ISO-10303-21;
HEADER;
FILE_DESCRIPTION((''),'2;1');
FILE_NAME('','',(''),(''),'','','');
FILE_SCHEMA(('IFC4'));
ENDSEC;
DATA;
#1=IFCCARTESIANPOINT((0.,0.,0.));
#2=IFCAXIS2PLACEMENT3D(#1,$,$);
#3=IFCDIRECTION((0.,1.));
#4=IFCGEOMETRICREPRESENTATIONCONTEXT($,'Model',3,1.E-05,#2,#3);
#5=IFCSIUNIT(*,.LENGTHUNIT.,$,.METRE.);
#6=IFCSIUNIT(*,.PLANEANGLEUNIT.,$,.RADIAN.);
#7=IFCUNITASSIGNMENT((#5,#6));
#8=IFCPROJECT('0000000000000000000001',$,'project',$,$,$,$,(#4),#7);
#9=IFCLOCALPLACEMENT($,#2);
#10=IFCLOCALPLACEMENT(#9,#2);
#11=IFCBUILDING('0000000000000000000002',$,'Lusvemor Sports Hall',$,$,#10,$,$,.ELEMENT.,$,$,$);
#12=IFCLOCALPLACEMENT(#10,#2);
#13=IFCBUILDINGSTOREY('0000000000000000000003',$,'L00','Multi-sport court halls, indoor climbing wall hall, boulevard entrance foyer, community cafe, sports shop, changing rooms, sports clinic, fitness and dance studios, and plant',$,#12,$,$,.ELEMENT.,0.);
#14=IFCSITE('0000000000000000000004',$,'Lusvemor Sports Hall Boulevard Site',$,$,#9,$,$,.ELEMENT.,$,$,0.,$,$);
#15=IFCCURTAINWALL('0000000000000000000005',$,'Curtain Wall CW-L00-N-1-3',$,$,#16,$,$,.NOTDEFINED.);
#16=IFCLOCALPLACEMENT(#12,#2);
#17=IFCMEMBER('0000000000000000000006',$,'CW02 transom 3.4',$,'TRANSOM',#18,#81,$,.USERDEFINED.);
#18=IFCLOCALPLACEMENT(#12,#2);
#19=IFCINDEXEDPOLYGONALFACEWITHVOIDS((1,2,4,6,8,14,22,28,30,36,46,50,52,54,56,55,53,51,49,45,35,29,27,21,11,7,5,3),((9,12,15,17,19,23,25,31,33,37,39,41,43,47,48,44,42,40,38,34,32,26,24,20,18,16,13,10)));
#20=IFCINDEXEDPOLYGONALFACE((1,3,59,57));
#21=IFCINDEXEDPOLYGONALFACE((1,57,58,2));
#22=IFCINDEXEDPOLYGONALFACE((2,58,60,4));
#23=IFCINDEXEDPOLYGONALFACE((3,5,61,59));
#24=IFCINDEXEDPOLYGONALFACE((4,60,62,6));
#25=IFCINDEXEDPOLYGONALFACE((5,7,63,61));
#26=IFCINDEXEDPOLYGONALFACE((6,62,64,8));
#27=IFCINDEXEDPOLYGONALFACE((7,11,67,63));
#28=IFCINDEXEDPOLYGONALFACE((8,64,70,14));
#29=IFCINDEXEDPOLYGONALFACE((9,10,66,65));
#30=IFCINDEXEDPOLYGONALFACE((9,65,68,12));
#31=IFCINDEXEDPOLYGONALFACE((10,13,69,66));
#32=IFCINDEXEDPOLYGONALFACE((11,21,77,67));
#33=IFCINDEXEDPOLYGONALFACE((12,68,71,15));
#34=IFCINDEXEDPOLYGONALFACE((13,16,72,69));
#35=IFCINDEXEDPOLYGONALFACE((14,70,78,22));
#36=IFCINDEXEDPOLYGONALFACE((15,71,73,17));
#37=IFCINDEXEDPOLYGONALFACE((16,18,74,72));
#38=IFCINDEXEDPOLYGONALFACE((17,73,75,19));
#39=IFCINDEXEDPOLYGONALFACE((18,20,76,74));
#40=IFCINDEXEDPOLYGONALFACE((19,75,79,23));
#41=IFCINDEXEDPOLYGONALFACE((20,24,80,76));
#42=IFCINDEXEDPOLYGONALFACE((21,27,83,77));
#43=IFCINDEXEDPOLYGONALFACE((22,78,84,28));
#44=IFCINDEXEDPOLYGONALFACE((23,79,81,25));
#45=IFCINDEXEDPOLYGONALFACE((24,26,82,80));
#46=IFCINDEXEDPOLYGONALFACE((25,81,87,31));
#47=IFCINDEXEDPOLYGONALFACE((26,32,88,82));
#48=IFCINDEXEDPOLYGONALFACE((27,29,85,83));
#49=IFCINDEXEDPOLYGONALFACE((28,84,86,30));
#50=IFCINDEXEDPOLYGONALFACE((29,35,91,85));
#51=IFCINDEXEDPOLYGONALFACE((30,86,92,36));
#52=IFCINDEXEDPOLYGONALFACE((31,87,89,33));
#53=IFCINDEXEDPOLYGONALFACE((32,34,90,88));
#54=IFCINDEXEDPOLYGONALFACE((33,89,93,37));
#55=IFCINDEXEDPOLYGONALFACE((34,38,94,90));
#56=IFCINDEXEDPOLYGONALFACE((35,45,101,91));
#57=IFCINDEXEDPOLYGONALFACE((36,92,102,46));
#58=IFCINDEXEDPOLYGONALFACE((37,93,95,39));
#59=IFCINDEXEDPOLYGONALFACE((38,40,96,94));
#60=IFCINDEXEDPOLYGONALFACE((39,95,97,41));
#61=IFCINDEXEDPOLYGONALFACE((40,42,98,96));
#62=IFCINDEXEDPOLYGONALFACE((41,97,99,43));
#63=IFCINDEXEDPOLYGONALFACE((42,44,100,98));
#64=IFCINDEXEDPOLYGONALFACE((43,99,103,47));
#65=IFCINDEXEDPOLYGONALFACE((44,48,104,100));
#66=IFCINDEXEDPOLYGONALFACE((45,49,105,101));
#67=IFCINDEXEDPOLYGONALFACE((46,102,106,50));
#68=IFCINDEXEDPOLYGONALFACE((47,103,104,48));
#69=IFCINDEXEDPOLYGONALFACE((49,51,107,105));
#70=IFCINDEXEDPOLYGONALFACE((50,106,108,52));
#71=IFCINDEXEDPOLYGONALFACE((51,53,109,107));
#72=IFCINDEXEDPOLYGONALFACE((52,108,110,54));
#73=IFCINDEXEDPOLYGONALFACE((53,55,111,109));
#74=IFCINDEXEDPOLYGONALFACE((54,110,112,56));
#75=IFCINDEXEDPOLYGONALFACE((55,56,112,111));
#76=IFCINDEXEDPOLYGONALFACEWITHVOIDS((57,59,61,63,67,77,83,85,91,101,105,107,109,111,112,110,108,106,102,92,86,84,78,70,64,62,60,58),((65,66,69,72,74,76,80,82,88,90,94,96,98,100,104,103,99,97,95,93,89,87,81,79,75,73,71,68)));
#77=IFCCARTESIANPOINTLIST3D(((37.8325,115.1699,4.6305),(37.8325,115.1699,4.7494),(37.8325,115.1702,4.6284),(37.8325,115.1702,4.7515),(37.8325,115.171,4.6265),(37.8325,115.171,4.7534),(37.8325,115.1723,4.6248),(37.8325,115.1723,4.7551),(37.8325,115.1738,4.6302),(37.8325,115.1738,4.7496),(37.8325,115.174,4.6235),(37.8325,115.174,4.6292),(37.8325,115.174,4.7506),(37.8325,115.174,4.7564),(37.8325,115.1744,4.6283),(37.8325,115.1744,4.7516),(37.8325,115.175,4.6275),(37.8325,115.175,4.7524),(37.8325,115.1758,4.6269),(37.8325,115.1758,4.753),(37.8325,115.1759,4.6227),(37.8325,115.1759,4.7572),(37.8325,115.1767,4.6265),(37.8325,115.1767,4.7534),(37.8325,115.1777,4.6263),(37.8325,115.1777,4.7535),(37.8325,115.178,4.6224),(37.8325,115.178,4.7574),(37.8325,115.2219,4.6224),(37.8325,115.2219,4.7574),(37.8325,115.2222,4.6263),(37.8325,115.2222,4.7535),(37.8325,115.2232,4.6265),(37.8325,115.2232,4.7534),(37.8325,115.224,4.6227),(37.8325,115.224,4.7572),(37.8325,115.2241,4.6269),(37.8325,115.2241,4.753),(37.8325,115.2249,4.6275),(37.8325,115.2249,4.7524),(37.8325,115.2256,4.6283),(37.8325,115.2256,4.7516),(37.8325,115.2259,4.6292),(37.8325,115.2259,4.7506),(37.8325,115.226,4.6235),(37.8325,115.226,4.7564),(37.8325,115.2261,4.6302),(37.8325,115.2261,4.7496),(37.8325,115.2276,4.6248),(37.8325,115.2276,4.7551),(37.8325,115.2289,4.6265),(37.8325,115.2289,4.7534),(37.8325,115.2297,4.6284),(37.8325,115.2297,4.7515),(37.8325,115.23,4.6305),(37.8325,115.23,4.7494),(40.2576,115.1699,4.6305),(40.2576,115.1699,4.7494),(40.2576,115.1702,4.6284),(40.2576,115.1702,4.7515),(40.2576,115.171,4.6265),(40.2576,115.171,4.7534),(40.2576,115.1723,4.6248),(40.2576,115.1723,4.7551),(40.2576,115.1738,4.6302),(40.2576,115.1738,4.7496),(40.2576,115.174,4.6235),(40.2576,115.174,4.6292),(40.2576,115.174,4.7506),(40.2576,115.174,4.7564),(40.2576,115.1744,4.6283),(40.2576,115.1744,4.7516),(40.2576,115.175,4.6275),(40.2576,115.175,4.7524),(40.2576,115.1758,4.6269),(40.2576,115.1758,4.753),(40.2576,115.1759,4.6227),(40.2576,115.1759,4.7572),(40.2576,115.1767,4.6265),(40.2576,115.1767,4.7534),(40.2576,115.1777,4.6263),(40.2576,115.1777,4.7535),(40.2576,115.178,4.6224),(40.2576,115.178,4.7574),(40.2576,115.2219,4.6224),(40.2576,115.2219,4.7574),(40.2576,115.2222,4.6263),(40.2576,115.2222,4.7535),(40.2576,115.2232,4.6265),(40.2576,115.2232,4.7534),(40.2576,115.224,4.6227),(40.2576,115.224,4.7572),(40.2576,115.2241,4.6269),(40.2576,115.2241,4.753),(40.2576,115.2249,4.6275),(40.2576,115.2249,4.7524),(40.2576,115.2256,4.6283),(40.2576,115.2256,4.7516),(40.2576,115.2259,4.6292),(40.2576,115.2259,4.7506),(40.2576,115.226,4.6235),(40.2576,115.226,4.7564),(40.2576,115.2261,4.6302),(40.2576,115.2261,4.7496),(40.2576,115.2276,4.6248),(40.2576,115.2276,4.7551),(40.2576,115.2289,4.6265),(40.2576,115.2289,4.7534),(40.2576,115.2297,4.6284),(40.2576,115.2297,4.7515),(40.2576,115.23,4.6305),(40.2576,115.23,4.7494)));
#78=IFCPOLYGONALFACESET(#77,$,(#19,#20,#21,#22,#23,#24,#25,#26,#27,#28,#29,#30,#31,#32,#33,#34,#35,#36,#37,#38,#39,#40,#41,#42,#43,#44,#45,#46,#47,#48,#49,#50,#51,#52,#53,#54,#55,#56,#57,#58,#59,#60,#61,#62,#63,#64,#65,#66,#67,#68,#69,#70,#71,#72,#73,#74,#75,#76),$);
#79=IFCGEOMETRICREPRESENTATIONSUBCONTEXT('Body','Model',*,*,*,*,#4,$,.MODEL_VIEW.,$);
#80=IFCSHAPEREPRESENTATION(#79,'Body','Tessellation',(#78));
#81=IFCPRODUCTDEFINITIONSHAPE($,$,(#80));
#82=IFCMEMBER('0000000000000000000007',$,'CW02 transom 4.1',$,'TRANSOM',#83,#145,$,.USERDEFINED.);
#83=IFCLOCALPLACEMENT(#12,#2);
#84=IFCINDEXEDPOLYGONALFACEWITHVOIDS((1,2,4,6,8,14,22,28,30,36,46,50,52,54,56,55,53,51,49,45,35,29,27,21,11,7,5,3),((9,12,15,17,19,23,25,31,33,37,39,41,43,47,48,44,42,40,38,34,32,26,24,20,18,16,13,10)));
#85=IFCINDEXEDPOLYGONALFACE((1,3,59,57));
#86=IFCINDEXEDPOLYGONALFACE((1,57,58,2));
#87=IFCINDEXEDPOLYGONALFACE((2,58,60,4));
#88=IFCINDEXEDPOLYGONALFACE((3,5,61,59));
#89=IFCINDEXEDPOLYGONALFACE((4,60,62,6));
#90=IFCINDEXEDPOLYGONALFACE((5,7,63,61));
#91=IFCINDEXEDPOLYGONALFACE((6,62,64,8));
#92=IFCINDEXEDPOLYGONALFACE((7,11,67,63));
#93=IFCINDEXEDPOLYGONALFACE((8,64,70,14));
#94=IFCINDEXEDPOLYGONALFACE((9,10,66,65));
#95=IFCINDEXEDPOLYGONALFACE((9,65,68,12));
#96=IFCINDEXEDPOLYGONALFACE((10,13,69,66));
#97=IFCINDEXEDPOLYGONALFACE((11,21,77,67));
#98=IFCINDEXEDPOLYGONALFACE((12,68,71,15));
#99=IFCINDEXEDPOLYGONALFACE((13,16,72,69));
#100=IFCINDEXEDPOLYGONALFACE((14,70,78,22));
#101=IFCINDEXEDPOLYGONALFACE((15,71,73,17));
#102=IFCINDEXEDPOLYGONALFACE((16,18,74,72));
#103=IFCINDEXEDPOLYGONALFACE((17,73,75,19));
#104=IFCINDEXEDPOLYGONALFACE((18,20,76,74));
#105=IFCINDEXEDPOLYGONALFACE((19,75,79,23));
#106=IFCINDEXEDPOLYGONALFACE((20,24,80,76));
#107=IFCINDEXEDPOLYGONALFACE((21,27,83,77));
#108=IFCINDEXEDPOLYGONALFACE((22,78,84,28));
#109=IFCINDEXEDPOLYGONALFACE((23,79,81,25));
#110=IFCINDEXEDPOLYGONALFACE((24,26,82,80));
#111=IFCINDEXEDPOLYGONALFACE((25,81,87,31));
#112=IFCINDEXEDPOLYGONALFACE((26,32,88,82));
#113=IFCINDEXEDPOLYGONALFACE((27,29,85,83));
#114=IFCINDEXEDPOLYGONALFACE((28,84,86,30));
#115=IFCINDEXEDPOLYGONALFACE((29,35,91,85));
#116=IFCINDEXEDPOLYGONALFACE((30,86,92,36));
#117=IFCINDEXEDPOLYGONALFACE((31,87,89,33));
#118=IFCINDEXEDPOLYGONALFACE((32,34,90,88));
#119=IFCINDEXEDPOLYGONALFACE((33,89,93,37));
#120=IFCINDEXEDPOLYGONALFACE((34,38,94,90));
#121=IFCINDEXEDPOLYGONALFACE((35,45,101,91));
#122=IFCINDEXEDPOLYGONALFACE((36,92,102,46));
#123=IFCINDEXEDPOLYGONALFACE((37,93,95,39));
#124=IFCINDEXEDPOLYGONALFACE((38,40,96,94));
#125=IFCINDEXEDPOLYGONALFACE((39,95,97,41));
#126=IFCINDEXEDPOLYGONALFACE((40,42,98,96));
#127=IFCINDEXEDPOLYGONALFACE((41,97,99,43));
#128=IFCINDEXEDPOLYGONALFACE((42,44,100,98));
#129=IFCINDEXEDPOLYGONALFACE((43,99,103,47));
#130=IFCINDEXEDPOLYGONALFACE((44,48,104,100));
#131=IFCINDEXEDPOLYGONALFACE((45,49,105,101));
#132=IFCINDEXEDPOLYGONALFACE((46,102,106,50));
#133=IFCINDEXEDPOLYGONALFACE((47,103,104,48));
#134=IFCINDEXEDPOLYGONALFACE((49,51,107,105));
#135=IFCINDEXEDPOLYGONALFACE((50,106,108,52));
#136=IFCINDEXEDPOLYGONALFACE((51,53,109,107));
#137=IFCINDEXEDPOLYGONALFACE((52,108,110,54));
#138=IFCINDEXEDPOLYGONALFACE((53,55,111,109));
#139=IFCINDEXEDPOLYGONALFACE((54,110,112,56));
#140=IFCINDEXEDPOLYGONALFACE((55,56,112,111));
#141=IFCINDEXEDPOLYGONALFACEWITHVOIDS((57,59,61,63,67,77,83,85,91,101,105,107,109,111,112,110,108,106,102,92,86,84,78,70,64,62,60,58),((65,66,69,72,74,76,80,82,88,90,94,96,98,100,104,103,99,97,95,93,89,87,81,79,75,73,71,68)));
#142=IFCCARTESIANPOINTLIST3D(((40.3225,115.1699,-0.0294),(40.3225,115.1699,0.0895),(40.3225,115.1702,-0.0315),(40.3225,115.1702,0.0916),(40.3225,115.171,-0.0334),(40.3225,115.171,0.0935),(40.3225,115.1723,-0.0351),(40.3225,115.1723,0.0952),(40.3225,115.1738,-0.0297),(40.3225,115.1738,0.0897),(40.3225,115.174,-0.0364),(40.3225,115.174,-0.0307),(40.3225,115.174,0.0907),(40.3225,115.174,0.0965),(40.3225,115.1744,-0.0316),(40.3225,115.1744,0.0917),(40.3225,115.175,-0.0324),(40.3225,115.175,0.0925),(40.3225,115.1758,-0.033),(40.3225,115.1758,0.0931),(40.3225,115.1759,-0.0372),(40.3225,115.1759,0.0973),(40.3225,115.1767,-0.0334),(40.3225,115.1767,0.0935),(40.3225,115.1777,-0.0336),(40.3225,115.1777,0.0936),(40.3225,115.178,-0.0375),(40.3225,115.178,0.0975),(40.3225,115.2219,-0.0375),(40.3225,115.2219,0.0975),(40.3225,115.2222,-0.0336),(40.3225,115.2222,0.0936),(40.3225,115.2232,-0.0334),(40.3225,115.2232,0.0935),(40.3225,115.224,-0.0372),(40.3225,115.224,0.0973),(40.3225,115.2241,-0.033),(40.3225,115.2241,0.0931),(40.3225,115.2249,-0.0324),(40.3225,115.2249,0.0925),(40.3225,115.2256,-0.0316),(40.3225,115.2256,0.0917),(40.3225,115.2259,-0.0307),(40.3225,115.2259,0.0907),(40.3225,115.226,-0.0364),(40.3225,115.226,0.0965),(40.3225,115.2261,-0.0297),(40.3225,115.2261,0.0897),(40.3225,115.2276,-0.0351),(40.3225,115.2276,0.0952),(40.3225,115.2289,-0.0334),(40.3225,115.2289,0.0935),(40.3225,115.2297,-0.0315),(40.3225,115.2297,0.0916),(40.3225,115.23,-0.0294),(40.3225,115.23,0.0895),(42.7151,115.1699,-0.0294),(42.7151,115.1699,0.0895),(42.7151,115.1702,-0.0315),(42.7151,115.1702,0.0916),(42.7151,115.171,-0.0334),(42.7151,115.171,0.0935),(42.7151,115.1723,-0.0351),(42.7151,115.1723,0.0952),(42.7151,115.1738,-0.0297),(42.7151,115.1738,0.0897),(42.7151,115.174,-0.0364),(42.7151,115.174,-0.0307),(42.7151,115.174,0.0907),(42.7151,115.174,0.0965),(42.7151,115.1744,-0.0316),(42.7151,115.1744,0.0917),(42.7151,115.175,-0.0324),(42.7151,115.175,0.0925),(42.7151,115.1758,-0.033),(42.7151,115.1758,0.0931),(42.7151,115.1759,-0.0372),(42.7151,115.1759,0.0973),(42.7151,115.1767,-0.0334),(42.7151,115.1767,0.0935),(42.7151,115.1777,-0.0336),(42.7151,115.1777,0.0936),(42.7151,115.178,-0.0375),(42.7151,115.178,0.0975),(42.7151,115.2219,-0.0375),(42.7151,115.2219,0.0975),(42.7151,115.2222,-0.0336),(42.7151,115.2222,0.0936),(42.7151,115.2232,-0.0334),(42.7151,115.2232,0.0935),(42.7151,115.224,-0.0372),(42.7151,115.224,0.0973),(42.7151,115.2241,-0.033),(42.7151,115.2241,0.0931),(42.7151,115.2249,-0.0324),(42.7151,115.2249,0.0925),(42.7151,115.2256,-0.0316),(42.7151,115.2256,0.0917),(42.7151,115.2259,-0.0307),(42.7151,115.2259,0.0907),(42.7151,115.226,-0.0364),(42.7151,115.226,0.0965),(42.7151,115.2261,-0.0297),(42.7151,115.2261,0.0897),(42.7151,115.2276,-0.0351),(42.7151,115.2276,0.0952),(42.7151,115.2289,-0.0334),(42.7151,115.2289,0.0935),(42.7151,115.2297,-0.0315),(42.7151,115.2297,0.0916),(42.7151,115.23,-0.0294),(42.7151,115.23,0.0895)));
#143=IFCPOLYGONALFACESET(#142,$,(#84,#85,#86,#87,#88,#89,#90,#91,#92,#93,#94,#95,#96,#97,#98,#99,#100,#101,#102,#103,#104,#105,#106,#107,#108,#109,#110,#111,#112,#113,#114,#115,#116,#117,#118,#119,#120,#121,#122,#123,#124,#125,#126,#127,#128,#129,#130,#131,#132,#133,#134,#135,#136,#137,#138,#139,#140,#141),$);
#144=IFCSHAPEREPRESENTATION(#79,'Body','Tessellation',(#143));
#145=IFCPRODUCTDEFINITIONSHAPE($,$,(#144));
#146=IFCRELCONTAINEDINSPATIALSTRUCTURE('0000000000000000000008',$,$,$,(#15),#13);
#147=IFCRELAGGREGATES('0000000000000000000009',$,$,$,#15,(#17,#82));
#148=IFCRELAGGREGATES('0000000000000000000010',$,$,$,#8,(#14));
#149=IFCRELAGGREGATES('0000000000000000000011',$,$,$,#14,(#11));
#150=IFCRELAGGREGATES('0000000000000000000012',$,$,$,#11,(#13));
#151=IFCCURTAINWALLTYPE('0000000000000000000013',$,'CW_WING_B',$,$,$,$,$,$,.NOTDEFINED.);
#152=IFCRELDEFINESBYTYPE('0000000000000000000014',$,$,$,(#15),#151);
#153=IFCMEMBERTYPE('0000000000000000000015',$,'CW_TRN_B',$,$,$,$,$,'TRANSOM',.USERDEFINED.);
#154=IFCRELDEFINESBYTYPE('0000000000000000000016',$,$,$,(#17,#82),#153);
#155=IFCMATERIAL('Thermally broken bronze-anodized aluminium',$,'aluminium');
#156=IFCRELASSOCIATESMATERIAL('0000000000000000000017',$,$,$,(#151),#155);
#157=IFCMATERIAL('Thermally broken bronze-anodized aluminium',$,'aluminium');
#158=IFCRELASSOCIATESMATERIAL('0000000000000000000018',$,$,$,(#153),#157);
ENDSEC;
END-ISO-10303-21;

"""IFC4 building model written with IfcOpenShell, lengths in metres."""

from ifc_helpers import new_model, si_unit, direction, frame, origin, origin_2d, place, context, subcontext, project, spatial, hollow_rectangle, extrude, material, material_profile, profile_set, type_object, element, aggregate, save


model = new_model("IFC4")

# Units and contexts
model_context = context("Model", 3, precision=1e-05, world=origin(), true_north=direction((0.0, 1.0)))
body_context = subcontext(model_context, "Body", "Model", "MODEL_VIEW")
ifc_project = project(units=[si_unit("LENGTHUNIT", "METRE"), si_unit("PLANEANGLEUNIT", "RADIAN")], contexts=[model_context])

# Site, building, storey
site_placement = place(None, origin())
site = spatial("IfcSite", under=ifc_project, at=site_placement, Name="Lusvemor Sports Hall Boulevard Site", CompositionType="ELEMENT", RefElevation=0.0)
building_placement = place(site_placement, origin())
building = spatial("IfcBuilding", under=site, at=building_placement, Name="Lusvemor Sports Hall", CompositionType="ELEMENT")
storey_placement = place(building_placement, origin())
storey = spatial("IfcBuildingStorey", under=building, at=storey_placement, Name="L00", Description="Multi-sport court halls, indoor climbing wall hall, boulevard entrance foyer, community cafe, sports shop, changing rooms, sports clinic, fitness and dance studios, and plant", CompositionType="ELEMENT", Elevation=0.0)

# Curtain wall, members
ifc_material_1 = material(Name="Thermally broken bronze-anodized aluminium", Category="aluminium")
curtain_wall_type = type_object("IfcCurtainWallType", Name="CW_WING_B", PredefinedType="NOTDEFINED", material=ifc_material_1)
curtain_wall_placement = place(storey_placement, origin())
curtain_wall = element("IfcCurtainWall", 1, at=curtain_wall_placement, inside=storey, type_object=curtain_wall_type, Name="Curtain Wall CW-L00-N-1-3", PredefinedType="NOTDEFINED")
ifc_material_2 = material(Name="Thermally broken bronze-anodized aluminium", Category="aluminium")
ifc_material_profile_1 = material_profile(ifc_material_2, hollow_rectangle(XDim=0.0601, YDim=0.135, WallThickness=0.0039, InnerFilletRadius=0.0039, OuterFilletRadius=0.0081, at=origin_2d()), Name="CWTRN135x60x4")
ifc_profile_set_1 = profile_set([ifc_material_profile_1], Name="Thermally broken bronze-anodized aluminium")
member_type_1 = type_object("IfcMemberType", Name="CW_TRN_B", ElementType="TRANSOM", PredefinedType="USERDEFINED", material=ifc_profile_set_1)
member_1_placement = place(storey_placement, frame((37.8325, 115.2, 4.6899), z_axis=(1.0, 0.0, 0.0), x_axis=(0.0, 1.0, 0.0)))
member_1 = element("IfcMember", 2, at=member_1_placement, type_object=member_type_1, Name="CW02 transom 3.4", ObjectType="TRANSOM", PredefinedType="USERDEFINED", context=body_context, shape_type="SweptSolid", body=[
    extrude(hollow_rectangle(XDim=0.0601, YDim=0.135, WallThickness=0.0039, InnerFilletRadius=0.0039, OuterFilletRadius=0.0081, at=origin_2d()), origin(), (0.0, 0.0, 1.0), 2.425),
])
member_2_placement = place(storey_placement, frame((40.3225, 115.2, 0.03), z_axis=(1.0, 0.0, 0.0), x_axis=(0.0, 1.0, 0.0)))
member_2 = element("IfcMember", 3, at=member_2_placement, type_object=member_type_1, Name="CW02 transom 4.1", ObjectType="TRANSOM", PredefinedType="USERDEFINED", context=body_context, shape_type="SweptSolid", body=[
    extrude(hollow_rectangle(XDim=0.0601, YDim=0.135, WallThickness=0.0039, InnerFilletRadius=0.0039, OuterFilletRadius=0.0081, at=origin_2d()), origin(), (0.0, 0.0, 1.0), 2.3926),
])
aggregate(curtain_wall, [member_1, member_2])

save(model, "model.ifc")
